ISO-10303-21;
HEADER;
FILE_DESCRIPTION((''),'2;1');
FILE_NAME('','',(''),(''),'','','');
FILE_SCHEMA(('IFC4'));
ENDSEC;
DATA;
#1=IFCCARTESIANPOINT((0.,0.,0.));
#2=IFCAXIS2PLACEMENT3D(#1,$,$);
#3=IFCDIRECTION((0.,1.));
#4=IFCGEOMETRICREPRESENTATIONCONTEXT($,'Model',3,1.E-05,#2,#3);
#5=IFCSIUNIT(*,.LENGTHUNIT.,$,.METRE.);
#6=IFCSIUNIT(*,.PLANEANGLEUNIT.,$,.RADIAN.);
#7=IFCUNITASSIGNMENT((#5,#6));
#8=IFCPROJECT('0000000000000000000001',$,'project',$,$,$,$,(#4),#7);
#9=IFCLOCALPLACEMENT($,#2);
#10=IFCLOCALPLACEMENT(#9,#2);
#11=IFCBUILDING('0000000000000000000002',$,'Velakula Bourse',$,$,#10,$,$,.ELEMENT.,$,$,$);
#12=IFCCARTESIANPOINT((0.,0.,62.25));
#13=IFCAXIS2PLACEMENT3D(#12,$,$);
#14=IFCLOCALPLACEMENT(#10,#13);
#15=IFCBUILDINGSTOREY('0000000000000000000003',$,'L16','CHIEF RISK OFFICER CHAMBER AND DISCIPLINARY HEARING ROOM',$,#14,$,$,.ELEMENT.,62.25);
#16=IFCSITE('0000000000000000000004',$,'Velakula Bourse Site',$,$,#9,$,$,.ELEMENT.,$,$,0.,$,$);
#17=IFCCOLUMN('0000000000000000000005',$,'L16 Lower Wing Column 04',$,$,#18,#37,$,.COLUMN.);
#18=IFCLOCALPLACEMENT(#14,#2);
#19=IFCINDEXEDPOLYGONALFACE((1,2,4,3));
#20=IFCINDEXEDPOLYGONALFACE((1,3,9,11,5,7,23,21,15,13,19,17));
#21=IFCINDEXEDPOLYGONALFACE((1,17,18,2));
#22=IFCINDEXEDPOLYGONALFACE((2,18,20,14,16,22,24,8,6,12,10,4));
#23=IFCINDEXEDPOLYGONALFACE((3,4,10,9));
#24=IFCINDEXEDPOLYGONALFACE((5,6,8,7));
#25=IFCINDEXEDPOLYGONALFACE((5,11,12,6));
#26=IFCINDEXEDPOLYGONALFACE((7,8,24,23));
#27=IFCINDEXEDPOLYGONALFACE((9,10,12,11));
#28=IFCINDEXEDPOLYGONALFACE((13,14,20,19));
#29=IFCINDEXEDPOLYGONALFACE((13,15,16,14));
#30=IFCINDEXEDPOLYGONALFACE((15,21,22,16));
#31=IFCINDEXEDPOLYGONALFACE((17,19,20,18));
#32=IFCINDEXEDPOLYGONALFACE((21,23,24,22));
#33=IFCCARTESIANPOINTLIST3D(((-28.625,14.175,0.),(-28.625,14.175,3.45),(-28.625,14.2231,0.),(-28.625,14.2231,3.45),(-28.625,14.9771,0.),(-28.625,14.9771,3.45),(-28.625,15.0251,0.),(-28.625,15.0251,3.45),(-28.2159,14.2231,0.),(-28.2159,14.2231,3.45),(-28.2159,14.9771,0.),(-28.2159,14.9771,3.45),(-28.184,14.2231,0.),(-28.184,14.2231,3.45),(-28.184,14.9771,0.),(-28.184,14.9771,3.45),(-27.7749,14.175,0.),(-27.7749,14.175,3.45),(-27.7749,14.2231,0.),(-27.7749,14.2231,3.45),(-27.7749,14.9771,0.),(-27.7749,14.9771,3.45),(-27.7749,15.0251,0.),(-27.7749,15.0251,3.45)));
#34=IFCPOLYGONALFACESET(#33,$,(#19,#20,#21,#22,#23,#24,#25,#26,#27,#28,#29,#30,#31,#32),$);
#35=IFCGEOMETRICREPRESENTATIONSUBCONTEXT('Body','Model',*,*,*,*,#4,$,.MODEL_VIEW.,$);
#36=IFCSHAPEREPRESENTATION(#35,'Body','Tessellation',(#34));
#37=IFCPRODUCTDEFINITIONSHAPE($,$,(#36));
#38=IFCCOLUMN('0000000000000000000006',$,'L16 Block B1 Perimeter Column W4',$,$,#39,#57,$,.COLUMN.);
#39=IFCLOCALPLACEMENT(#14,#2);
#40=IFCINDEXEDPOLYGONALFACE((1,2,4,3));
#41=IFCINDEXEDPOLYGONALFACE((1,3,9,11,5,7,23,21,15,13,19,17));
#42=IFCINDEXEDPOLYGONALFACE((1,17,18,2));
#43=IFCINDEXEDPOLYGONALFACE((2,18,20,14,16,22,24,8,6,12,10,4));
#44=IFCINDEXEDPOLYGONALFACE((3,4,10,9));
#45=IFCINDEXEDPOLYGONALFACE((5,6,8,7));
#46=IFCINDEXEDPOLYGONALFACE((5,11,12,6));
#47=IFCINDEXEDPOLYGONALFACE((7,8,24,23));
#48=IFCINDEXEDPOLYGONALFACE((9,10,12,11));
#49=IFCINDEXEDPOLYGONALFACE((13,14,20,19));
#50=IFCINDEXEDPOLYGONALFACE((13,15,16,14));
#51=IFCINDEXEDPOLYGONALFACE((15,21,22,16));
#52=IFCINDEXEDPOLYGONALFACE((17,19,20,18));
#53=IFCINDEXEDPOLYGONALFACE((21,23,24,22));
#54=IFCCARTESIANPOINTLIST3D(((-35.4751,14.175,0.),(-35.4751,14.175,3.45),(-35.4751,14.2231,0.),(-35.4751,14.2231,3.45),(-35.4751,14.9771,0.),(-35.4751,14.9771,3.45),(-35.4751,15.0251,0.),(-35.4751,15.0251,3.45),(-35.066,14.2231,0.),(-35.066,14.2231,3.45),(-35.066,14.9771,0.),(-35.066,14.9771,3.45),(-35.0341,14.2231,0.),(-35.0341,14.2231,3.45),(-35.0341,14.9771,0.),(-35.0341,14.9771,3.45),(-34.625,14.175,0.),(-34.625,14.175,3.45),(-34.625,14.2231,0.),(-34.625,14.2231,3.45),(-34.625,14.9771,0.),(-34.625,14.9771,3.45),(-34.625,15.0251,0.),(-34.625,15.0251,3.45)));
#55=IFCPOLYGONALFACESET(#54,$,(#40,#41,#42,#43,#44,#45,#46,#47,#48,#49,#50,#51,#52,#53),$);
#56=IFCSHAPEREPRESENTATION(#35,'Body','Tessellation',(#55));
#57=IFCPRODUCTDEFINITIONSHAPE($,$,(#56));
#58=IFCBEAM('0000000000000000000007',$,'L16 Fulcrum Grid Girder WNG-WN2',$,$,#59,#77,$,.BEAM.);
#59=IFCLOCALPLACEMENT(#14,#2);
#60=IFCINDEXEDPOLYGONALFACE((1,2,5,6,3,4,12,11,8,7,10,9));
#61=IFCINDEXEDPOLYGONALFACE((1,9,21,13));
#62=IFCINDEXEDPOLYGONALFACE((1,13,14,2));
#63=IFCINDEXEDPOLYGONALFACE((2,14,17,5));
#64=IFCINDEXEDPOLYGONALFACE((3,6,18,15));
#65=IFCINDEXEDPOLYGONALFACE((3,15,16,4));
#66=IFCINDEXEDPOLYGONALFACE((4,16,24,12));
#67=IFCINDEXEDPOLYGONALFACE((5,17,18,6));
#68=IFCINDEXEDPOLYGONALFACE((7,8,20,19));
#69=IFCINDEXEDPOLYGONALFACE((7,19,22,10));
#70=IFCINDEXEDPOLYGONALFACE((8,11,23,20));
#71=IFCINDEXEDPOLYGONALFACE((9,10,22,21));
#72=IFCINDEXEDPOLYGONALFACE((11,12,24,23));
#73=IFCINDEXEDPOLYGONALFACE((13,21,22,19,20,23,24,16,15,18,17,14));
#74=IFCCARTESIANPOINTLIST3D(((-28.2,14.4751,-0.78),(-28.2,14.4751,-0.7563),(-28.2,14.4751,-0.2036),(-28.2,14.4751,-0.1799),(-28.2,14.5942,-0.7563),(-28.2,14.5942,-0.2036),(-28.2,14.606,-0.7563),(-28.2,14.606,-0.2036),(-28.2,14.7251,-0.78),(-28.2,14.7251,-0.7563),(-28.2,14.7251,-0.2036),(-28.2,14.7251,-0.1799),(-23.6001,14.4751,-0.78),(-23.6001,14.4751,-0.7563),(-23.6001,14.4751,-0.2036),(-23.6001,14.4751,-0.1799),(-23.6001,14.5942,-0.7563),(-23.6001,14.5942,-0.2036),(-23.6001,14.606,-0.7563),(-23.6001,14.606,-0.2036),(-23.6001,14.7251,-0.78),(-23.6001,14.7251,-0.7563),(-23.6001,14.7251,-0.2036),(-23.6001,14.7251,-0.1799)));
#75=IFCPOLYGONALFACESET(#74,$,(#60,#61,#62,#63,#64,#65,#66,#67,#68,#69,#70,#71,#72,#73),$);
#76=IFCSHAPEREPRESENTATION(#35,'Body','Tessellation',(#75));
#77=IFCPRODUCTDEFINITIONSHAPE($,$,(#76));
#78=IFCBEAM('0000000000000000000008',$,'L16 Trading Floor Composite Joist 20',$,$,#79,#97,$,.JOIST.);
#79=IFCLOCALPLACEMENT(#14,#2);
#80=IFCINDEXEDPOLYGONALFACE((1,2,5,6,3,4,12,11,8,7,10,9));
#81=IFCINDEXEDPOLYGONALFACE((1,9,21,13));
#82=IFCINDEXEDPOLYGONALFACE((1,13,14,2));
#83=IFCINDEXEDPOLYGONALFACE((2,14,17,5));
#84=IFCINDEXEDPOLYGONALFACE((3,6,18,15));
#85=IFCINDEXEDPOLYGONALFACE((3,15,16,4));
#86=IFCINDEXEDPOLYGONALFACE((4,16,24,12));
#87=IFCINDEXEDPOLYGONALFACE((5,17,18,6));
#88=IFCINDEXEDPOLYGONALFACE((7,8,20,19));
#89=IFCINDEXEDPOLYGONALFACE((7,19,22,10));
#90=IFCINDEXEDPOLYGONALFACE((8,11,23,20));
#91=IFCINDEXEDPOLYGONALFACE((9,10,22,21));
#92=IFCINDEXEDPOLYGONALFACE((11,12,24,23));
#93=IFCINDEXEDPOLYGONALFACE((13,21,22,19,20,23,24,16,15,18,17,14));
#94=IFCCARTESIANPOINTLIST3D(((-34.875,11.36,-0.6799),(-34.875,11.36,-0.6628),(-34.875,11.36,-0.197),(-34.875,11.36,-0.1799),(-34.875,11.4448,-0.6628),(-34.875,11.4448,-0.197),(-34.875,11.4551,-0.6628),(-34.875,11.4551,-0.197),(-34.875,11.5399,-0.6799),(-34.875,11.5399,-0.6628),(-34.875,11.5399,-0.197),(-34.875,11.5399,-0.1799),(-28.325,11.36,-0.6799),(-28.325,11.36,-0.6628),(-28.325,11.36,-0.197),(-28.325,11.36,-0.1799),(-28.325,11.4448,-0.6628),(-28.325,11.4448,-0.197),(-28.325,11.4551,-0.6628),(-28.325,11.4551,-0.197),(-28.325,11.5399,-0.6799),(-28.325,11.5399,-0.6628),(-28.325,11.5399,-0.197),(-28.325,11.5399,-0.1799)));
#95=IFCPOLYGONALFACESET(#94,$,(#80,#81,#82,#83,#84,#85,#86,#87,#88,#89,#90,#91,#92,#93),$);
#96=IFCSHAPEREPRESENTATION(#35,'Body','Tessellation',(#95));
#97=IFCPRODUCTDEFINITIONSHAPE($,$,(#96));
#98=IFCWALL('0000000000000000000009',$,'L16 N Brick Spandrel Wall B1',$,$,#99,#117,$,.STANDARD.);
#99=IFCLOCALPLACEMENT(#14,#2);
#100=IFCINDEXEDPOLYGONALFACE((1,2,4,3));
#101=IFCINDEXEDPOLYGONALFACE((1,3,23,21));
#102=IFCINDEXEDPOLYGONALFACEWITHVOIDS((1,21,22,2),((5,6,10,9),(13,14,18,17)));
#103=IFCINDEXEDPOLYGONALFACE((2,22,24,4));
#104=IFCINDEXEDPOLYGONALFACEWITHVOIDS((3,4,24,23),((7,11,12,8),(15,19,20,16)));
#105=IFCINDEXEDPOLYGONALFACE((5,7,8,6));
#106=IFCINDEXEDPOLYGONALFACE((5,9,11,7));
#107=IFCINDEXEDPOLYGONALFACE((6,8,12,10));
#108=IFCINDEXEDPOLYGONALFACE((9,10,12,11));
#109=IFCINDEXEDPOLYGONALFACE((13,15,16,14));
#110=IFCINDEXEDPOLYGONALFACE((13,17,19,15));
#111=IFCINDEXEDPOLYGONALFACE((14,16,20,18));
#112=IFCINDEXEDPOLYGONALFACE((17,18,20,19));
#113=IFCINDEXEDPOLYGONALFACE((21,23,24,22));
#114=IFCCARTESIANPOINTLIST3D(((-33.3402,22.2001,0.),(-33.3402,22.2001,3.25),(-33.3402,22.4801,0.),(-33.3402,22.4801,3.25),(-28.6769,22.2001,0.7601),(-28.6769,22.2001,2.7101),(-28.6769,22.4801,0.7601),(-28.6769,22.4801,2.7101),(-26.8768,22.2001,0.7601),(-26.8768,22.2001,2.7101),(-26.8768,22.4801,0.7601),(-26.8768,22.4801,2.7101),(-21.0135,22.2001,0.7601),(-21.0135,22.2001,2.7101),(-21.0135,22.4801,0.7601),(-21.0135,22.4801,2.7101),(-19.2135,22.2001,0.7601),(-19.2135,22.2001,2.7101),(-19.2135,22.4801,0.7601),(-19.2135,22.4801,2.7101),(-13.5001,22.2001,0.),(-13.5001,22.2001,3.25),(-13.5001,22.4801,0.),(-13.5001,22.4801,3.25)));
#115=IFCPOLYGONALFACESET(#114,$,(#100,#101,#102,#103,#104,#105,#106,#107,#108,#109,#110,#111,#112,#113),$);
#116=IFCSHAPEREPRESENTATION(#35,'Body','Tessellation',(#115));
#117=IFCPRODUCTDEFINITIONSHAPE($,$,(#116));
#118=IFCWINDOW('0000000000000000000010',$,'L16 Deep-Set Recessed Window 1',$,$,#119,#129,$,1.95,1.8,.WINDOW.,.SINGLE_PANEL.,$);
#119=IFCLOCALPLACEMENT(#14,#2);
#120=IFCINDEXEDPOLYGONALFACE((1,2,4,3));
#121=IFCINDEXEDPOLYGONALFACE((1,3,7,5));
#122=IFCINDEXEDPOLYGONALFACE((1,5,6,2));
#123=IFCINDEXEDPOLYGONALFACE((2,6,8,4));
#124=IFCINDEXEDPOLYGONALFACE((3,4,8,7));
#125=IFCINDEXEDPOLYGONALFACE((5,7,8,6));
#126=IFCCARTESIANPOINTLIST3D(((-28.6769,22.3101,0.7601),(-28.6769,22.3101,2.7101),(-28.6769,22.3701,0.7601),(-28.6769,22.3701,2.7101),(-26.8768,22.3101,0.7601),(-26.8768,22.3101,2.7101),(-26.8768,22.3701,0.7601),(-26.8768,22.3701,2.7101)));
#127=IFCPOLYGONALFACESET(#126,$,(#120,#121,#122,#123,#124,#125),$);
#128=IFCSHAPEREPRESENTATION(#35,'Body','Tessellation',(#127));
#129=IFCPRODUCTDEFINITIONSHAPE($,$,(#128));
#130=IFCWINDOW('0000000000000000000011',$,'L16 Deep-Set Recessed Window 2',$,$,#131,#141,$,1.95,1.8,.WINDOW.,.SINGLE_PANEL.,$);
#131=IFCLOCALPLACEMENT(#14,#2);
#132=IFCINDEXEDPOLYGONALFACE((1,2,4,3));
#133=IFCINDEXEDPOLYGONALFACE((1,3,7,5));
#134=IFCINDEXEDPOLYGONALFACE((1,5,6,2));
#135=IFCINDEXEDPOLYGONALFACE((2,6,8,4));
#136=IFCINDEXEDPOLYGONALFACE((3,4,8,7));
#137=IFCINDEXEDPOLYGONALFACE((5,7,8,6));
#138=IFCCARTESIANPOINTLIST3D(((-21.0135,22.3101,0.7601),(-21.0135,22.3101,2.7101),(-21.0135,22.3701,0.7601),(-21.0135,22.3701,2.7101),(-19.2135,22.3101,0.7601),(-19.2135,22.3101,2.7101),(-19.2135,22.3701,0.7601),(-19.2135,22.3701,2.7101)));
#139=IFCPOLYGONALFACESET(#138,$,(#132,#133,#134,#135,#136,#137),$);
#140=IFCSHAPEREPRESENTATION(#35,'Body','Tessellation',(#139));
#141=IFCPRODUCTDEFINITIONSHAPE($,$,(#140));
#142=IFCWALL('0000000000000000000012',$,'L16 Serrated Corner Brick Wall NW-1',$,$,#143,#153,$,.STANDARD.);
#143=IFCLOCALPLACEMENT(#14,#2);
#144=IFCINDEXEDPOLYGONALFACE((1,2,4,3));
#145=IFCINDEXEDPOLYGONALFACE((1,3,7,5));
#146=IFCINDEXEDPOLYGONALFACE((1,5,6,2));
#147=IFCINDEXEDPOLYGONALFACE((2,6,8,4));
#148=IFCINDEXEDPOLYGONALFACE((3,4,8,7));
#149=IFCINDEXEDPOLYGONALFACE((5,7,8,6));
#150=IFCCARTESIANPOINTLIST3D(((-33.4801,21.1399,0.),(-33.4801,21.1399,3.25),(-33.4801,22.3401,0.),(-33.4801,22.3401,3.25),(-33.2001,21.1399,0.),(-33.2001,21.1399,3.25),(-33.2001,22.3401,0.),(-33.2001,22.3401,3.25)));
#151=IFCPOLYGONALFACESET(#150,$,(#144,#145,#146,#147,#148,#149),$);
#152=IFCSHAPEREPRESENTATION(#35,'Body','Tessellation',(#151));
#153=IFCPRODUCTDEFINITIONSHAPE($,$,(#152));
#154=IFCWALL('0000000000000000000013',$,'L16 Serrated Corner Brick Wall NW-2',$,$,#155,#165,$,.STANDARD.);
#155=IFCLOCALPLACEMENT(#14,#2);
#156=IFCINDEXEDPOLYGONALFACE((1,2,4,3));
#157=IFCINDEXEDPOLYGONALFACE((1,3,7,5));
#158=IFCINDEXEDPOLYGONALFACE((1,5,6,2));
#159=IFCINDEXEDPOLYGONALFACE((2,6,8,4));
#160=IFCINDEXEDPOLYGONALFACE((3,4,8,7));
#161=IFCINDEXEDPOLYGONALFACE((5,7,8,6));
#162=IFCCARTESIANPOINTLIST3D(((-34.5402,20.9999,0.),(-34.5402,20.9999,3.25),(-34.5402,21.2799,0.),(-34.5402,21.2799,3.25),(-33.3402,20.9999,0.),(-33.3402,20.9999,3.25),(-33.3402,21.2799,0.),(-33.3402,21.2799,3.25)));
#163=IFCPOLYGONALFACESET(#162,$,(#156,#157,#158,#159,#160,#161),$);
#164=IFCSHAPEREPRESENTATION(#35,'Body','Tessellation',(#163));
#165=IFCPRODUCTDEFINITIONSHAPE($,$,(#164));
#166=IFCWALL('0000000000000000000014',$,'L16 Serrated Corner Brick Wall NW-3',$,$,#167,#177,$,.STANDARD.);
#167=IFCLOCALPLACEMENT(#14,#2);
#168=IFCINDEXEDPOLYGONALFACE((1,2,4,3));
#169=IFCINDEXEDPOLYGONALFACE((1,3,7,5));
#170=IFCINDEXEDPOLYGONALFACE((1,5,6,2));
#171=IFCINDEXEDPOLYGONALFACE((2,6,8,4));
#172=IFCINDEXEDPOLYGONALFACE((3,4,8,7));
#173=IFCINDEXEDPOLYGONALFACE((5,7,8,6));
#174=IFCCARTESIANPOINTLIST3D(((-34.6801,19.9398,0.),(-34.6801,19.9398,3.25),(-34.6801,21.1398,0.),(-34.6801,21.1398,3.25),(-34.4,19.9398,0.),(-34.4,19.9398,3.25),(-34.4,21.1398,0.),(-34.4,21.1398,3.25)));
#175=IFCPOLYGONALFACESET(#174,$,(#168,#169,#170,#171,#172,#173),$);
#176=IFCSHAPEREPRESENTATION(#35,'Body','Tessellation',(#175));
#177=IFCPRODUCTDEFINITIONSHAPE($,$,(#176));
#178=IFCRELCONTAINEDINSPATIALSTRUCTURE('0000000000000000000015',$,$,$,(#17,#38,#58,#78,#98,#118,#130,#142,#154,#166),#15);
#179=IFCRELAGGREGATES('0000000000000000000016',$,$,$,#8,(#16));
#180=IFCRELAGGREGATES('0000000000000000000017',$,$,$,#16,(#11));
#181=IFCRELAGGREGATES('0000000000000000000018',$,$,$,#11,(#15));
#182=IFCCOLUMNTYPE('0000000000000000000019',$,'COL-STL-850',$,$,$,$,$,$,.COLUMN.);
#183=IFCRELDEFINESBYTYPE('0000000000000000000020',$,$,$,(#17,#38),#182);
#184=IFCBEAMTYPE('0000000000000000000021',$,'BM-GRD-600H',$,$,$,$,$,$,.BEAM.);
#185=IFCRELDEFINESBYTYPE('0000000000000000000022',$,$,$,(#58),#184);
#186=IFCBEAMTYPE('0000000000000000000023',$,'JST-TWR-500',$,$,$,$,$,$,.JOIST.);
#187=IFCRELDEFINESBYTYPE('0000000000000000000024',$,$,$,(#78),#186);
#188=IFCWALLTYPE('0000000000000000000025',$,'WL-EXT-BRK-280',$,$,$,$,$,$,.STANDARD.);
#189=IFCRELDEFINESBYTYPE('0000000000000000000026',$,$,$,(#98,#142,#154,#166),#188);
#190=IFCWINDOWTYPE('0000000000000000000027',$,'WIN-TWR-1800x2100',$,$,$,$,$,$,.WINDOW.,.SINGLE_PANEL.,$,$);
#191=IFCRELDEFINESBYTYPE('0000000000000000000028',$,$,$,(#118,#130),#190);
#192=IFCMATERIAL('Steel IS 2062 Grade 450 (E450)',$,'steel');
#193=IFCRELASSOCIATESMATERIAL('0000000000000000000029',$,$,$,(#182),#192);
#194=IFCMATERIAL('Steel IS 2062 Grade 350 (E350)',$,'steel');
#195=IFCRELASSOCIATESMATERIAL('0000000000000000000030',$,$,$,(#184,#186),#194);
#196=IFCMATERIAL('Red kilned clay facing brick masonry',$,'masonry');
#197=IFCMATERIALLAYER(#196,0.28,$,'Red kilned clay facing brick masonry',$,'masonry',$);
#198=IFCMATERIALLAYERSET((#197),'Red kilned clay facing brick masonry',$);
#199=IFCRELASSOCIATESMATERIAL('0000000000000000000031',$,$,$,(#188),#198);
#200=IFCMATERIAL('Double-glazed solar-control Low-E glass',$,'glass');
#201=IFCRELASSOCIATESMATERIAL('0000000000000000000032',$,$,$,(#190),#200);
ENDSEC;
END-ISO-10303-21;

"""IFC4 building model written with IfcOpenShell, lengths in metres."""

from ifc_helpers import new_model, si_unit, direction, frame, frame_2d, origin, origin_2d, place, context, subcontext, project, spatial, rectangle, i_section, extrude, material, layer, layer_set, material_profile, profile_set, type_object, element, fill, save


model = new_model("IFC4")

# Units and contexts
model_context = context("Model", 3, precision=1e-05, world=origin(), true_north=direction((0.0, 1.0)))
body_context = subcontext(model_context, "Body", "Model", "MODEL_VIEW")
ifc_project = project(units=[si_unit("LENGTHUNIT", "METRE"), si_unit("PLANEANGLEUNIT", "RADIAN")], contexts=[model_context])

# Site, building, storey
site_placement = place(None, origin())
site = spatial("IfcSite", under=ifc_project, at=site_placement, Name="Velakula Bourse Site", CompositionType="ELEMENT", RefElevation=0.0)
building_placement = place(site_placement, origin())
building = spatial("IfcBuilding", under=site, at=building_placement, Name="Velakula Bourse", CompositionType="ELEMENT")
storey_placement = place(building_placement, frame((0.0, 0.0, 62.25)))
storey = spatial("IfcBuildingStorey", under=building, at=storey_placement, Name="L16", Description="CHIEF RISK OFFICER CHAMBER AND DISCIPLINARY HEARING ROOM", CompositionType="ELEMENT", Elevation=62.25)

# Columns
ifc_material_1 = material(Name="Steel IS 2062 Grade 450 (E450)", Category="steel")
ifc_material_profile_1 = material_profile(ifc_material_1, i_section(OverallWidth=0.8501, OverallDepth=0.8501, WebThickness=0.032, FlangeThickness=0.0481, at=origin_2d()), Name="Steel IS 2062 Grade 450 (E450)")
ifc_profile_set_1 = profile_set([ifc_material_profile_1], Name="Steel IS 2062 Grade 450 (E450)")
column_type = type_object("IfcColumnType", Name="COL-STL-850", PredefinedType="COLUMN", material=ifc_profile_set_1)
for number, where, z_axis, x_axis, name in (
    (1, (-28.2, 14.6001, 0.0), (0.0, 0.0, 1.0), (1.0, 0.0, 0.0), "L16 Lower Wing Column 04"),
    (2, (-35.05, 14.6001, 0.0), (0.0, 0.0, 1.0), (1.0, 0.0, 0.0), "L16 Block B1 Perimeter Column W4"),
):
    element("IfcColumn", number, at=place(storey_placement, frame(where, z_axis=z_axis, x_axis=x_axis)), inside=storey, type_object=column_type, Name=name, PredefinedType="COLUMN", context=body_context, shape_type="SweptSolid", body=[
        extrude(i_section(OverallWidth=0.8501, OverallDepth=0.8501, WebThickness=0.032, FlangeThickness=0.0481, at=origin_2d()), origin(), (0.0, 0.0, 1.0), 3.45),
    ])

# Beams
ifc_material_2 = material(Name="Steel IS 2062 Grade 350 (E350)", Category="steel")
ifc_material_profile_2 = material_profile(ifc_material_2, i_section(OverallWidth=0.25, OverallDepth=0.6001, WebThickness=0.0117, FlangeThickness=0.0237, at=origin_2d()), Name="Steel IS 2062 Grade 350 (E350)")
ifc_profile_set_2 = profile_set([ifc_material_profile_2], Name="Steel IS 2062 Grade 350 (E350)")
beam_type_1 = type_object("IfcBeamType", Name="BM-GRD-600H", PredefinedType="BEAM", material=ifc_profile_set_2)
beam_1_placement = place(storey_placement, frame((-28.2, 14.6001, -0.48), z_axis=(1.0, 0.0, 0.0), x_axis=(0.0, 1.0, 0.0)))
element("IfcBeam", 3, at=beam_1_placement, inside=storey, type_object=beam_type_1, Name="L16 Fulcrum Grid Girder WNG-WN2", PredefinedType="BEAM", context=body_context, shape_type="SweptSolid", body=[
    extrude(i_section(OverallWidth=0.25, OverallDepth=0.6001, WebThickness=0.0117, FlangeThickness=0.0237, at=origin_2d()), origin(), (0.0, 0.0, 1.0), 4.5999),
])
ifc_material_profile_3 = material_profile(ifc_material_2, i_section(OverallWidth=0.1799, OverallDepth=0.5, WebThickness=0.0103, FlangeThickness=0.0171, at=origin_2d()), Name="Steel IS 2062 Grade 350 (E350)")
ifc_profile_set_3 = profile_set([ifc_material_profile_3], Name="Steel IS 2062 Grade 350 (E350)")
beam_type_2 = type_object("IfcBeamType", Name="JST-TWR-500", PredefinedType="JOIST", material=ifc_profile_set_3)
beam_2_placement = place(storey_placement, frame((-34.875, 11.45, -0.4299), z_axis=(1.0, 0.0, 0.0), x_axis=(0.0, 1.0, 0.0)))
element("IfcBeam", 4, at=beam_2_placement, inside=storey, type_object=beam_type_2, Name="L16 Trading Floor Composite Joist 20", PredefinedType="JOIST", context=body_context, shape_type="SweptSolid", body=[
    extrude(i_section(OverallWidth=0.1799, OverallDepth=0.5, WebThickness=0.0103, FlangeThickness=0.0171, at=origin_2d()), origin(), (0.0, 0.0, 1.0), 6.55),
])

# Wall, openings, windows
ifc_material_3 = material(Name="Red kilned clay facing brick masonry", Category="masonry")
ifc_layer_1 = layer(ifc_material_3, 0.28, Name="Red kilned clay facing brick masonry", Category="masonry")
ifc_layer_set_1 = layer_set([ifc_layer_1], Name="Red kilned clay facing brick masonry")
wall_type_1 = type_object("IfcWallType", Name="WL-EXT-BRK-280", PredefinedType="STANDARD", material=ifc_layer_set_1)
wall_1_placement = place(storey_placement, frame((-33.3401, 22.3401, 0.0), z_axis=(0.0, 0.0, 1.0), x_axis=(1.0, 0.0, 0.0)))
wall_1 = element("IfcWall", 5, at=wall_1_placement, inside=storey, type_object=wall_type_1, Name="L16 N Brick Spandrel Wall B1", PredefinedType="STANDARD", context=body_context, shape_type="SweptSolid", body=[
    extrude(rectangle(XDim=19.8401, YDim=0.28, at=frame_2d((9.9199, 0.0))), origin(), (0.0, 0.0, 1.0), 3.25),
])
opening_1_placement = place(wall_1_placement, frame((4.6633, 0.0, 0.76)))
opening_1 = element("IfcOpeningElement", 6, at=opening_1_placement, cuts=wall_1, PredefinedType="OPENING", context=body_context, shape_type="SweptSolid", body=[
    extrude(rectangle(XDim=1.8, YDim=1.95, at=frame_2d((0.8999, 0.9751))), frame((0.0, 0.1499, 0.0), z_axis=(0.0, -1.0, 0.0), x_axis=(1.0, 0.0, 0.0)), (0.0, 0.0, 1.0), 0.3),
])
opening_2_placement = place(wall_1_placement, frame((12.3267, 0.0, 0.76)))
opening_2 = element("IfcOpeningElement", 7, at=opening_2_placement, cuts=wall_1, PredefinedType="OPENING", context=body_context, shape_type="SweptSolid", body=[
    extrude(rectangle(XDim=1.8, YDim=1.95, at=frame_2d((0.8999, 0.9751))), frame((0.0, 0.1499, 0.0), z_axis=(0.0, -1.0, 0.0), x_axis=(1.0, 0.0, 0.0)), (0.0, 0.0, 1.0), 0.3),
])
ifc_material_4 = material(Name="Double-glazed solar-control Low-E glass", Category="glass")
window_type = type_object("IfcWindowType", Name="WIN-TWR-1800x2100", PartitioningType="SINGLE_PANEL", PredefinedType="WINDOW", material=ifc_material_4)
window_1_placement = place(opening_1_placement, origin())
window_1 = element("IfcWindow", 8, at=window_1_placement, inside=storey, type_object=window_type, Name="L16 Deep-Set Recessed Window 1", OverallHeight=1.95, OverallWidth=1.8, PartitioningType="SINGLE_PANEL", PredefinedType="WINDOW", context=body_context, shape_type="SweptSolid", body=[
    extrude(rectangle(XDim=1.8, YDim=1.95, at=frame_2d((0.8999, 0.9751))), frame((0.0, 0.03, 0.0), z_axis=(0.0, -1.0, 0.0), x_axis=(1.0, 0.0, 0.0)), (0.0, 0.0, 1.0), 0.0601),
])
fill(opening_1, window_1)
window_2_placement = place(opening_2_placement, origin())
window_2 = element("IfcWindow", 9, at=window_2_placement, inside=storey, type_object=window_type, Name="L16 Deep-Set Recessed Window 2", OverallHeight=1.95, OverallWidth=1.8, PartitioningType="SINGLE_PANEL", PredefinedType="WINDOW", context=body_context, shape_type="SweptSolid", body=[
    extrude(rectangle(XDim=1.8, YDim=1.95, at=frame_2d((0.8999, 0.9751))), frame((0.0, 0.03, 0.0), z_axis=(0.0, -1.0, 0.0), x_axis=(1.0, 0.0, 0.0)), (0.0, 0.0, 1.0), 0.0601),
])
fill(opening_2, window_2)

# Walls
wall_2_placement = place(storey_placement, frame((-33.3401, 22.3401, 0.0), z_axis=(0.0, 0.0, 1.0), x_axis=(0.0, -1.0, 0.0)))
element("IfcWall", 10, at=wall_2_placement, inside=storey, type_object=wall_type_1, Name="L16 Serrated Corner Brick Wall NW-1", PredefinedType="STANDARD", context=body_context, shape_type="SweptSolid", body=[
    extrude(rectangle(XDim=1.2002, YDim=0.28, at=frame_2d((0.6001, 0.0))), origin(), (0.0, 0.0, 1.0), 3.25),
])
for number, where, z_axis, x_axis, name in (
    (11, (-33.3401, 21.1399, 0.0), (0.0, 0.0, 1.0), (-1.0, 0.0, 0.0), "L16 Serrated Corner Brick Wall NW-2"),
    (12, (-34.54, 21.1399, 0.0), (0.0, 0.0, 1.0), (0.0, -1.0, 0.0), "L16 Serrated Corner Brick Wall NW-3"),
):
    element("IfcWall", number, at=place(storey_placement, frame(where, z_axis=z_axis, x_axis=x_axis)), inside=storey, type_object=wall_type_1, Name=name, PredefinedType="STANDARD", context=body_context, shape_type="SweptSolid", body=[
        extrude(rectangle(XDim=1.2, YDim=0.28, at=frame_2d((0.6001, 0.0))), origin(), (0.0, 0.0, 1.0), 3.25),
    ])

save(model, "model.ifc")
